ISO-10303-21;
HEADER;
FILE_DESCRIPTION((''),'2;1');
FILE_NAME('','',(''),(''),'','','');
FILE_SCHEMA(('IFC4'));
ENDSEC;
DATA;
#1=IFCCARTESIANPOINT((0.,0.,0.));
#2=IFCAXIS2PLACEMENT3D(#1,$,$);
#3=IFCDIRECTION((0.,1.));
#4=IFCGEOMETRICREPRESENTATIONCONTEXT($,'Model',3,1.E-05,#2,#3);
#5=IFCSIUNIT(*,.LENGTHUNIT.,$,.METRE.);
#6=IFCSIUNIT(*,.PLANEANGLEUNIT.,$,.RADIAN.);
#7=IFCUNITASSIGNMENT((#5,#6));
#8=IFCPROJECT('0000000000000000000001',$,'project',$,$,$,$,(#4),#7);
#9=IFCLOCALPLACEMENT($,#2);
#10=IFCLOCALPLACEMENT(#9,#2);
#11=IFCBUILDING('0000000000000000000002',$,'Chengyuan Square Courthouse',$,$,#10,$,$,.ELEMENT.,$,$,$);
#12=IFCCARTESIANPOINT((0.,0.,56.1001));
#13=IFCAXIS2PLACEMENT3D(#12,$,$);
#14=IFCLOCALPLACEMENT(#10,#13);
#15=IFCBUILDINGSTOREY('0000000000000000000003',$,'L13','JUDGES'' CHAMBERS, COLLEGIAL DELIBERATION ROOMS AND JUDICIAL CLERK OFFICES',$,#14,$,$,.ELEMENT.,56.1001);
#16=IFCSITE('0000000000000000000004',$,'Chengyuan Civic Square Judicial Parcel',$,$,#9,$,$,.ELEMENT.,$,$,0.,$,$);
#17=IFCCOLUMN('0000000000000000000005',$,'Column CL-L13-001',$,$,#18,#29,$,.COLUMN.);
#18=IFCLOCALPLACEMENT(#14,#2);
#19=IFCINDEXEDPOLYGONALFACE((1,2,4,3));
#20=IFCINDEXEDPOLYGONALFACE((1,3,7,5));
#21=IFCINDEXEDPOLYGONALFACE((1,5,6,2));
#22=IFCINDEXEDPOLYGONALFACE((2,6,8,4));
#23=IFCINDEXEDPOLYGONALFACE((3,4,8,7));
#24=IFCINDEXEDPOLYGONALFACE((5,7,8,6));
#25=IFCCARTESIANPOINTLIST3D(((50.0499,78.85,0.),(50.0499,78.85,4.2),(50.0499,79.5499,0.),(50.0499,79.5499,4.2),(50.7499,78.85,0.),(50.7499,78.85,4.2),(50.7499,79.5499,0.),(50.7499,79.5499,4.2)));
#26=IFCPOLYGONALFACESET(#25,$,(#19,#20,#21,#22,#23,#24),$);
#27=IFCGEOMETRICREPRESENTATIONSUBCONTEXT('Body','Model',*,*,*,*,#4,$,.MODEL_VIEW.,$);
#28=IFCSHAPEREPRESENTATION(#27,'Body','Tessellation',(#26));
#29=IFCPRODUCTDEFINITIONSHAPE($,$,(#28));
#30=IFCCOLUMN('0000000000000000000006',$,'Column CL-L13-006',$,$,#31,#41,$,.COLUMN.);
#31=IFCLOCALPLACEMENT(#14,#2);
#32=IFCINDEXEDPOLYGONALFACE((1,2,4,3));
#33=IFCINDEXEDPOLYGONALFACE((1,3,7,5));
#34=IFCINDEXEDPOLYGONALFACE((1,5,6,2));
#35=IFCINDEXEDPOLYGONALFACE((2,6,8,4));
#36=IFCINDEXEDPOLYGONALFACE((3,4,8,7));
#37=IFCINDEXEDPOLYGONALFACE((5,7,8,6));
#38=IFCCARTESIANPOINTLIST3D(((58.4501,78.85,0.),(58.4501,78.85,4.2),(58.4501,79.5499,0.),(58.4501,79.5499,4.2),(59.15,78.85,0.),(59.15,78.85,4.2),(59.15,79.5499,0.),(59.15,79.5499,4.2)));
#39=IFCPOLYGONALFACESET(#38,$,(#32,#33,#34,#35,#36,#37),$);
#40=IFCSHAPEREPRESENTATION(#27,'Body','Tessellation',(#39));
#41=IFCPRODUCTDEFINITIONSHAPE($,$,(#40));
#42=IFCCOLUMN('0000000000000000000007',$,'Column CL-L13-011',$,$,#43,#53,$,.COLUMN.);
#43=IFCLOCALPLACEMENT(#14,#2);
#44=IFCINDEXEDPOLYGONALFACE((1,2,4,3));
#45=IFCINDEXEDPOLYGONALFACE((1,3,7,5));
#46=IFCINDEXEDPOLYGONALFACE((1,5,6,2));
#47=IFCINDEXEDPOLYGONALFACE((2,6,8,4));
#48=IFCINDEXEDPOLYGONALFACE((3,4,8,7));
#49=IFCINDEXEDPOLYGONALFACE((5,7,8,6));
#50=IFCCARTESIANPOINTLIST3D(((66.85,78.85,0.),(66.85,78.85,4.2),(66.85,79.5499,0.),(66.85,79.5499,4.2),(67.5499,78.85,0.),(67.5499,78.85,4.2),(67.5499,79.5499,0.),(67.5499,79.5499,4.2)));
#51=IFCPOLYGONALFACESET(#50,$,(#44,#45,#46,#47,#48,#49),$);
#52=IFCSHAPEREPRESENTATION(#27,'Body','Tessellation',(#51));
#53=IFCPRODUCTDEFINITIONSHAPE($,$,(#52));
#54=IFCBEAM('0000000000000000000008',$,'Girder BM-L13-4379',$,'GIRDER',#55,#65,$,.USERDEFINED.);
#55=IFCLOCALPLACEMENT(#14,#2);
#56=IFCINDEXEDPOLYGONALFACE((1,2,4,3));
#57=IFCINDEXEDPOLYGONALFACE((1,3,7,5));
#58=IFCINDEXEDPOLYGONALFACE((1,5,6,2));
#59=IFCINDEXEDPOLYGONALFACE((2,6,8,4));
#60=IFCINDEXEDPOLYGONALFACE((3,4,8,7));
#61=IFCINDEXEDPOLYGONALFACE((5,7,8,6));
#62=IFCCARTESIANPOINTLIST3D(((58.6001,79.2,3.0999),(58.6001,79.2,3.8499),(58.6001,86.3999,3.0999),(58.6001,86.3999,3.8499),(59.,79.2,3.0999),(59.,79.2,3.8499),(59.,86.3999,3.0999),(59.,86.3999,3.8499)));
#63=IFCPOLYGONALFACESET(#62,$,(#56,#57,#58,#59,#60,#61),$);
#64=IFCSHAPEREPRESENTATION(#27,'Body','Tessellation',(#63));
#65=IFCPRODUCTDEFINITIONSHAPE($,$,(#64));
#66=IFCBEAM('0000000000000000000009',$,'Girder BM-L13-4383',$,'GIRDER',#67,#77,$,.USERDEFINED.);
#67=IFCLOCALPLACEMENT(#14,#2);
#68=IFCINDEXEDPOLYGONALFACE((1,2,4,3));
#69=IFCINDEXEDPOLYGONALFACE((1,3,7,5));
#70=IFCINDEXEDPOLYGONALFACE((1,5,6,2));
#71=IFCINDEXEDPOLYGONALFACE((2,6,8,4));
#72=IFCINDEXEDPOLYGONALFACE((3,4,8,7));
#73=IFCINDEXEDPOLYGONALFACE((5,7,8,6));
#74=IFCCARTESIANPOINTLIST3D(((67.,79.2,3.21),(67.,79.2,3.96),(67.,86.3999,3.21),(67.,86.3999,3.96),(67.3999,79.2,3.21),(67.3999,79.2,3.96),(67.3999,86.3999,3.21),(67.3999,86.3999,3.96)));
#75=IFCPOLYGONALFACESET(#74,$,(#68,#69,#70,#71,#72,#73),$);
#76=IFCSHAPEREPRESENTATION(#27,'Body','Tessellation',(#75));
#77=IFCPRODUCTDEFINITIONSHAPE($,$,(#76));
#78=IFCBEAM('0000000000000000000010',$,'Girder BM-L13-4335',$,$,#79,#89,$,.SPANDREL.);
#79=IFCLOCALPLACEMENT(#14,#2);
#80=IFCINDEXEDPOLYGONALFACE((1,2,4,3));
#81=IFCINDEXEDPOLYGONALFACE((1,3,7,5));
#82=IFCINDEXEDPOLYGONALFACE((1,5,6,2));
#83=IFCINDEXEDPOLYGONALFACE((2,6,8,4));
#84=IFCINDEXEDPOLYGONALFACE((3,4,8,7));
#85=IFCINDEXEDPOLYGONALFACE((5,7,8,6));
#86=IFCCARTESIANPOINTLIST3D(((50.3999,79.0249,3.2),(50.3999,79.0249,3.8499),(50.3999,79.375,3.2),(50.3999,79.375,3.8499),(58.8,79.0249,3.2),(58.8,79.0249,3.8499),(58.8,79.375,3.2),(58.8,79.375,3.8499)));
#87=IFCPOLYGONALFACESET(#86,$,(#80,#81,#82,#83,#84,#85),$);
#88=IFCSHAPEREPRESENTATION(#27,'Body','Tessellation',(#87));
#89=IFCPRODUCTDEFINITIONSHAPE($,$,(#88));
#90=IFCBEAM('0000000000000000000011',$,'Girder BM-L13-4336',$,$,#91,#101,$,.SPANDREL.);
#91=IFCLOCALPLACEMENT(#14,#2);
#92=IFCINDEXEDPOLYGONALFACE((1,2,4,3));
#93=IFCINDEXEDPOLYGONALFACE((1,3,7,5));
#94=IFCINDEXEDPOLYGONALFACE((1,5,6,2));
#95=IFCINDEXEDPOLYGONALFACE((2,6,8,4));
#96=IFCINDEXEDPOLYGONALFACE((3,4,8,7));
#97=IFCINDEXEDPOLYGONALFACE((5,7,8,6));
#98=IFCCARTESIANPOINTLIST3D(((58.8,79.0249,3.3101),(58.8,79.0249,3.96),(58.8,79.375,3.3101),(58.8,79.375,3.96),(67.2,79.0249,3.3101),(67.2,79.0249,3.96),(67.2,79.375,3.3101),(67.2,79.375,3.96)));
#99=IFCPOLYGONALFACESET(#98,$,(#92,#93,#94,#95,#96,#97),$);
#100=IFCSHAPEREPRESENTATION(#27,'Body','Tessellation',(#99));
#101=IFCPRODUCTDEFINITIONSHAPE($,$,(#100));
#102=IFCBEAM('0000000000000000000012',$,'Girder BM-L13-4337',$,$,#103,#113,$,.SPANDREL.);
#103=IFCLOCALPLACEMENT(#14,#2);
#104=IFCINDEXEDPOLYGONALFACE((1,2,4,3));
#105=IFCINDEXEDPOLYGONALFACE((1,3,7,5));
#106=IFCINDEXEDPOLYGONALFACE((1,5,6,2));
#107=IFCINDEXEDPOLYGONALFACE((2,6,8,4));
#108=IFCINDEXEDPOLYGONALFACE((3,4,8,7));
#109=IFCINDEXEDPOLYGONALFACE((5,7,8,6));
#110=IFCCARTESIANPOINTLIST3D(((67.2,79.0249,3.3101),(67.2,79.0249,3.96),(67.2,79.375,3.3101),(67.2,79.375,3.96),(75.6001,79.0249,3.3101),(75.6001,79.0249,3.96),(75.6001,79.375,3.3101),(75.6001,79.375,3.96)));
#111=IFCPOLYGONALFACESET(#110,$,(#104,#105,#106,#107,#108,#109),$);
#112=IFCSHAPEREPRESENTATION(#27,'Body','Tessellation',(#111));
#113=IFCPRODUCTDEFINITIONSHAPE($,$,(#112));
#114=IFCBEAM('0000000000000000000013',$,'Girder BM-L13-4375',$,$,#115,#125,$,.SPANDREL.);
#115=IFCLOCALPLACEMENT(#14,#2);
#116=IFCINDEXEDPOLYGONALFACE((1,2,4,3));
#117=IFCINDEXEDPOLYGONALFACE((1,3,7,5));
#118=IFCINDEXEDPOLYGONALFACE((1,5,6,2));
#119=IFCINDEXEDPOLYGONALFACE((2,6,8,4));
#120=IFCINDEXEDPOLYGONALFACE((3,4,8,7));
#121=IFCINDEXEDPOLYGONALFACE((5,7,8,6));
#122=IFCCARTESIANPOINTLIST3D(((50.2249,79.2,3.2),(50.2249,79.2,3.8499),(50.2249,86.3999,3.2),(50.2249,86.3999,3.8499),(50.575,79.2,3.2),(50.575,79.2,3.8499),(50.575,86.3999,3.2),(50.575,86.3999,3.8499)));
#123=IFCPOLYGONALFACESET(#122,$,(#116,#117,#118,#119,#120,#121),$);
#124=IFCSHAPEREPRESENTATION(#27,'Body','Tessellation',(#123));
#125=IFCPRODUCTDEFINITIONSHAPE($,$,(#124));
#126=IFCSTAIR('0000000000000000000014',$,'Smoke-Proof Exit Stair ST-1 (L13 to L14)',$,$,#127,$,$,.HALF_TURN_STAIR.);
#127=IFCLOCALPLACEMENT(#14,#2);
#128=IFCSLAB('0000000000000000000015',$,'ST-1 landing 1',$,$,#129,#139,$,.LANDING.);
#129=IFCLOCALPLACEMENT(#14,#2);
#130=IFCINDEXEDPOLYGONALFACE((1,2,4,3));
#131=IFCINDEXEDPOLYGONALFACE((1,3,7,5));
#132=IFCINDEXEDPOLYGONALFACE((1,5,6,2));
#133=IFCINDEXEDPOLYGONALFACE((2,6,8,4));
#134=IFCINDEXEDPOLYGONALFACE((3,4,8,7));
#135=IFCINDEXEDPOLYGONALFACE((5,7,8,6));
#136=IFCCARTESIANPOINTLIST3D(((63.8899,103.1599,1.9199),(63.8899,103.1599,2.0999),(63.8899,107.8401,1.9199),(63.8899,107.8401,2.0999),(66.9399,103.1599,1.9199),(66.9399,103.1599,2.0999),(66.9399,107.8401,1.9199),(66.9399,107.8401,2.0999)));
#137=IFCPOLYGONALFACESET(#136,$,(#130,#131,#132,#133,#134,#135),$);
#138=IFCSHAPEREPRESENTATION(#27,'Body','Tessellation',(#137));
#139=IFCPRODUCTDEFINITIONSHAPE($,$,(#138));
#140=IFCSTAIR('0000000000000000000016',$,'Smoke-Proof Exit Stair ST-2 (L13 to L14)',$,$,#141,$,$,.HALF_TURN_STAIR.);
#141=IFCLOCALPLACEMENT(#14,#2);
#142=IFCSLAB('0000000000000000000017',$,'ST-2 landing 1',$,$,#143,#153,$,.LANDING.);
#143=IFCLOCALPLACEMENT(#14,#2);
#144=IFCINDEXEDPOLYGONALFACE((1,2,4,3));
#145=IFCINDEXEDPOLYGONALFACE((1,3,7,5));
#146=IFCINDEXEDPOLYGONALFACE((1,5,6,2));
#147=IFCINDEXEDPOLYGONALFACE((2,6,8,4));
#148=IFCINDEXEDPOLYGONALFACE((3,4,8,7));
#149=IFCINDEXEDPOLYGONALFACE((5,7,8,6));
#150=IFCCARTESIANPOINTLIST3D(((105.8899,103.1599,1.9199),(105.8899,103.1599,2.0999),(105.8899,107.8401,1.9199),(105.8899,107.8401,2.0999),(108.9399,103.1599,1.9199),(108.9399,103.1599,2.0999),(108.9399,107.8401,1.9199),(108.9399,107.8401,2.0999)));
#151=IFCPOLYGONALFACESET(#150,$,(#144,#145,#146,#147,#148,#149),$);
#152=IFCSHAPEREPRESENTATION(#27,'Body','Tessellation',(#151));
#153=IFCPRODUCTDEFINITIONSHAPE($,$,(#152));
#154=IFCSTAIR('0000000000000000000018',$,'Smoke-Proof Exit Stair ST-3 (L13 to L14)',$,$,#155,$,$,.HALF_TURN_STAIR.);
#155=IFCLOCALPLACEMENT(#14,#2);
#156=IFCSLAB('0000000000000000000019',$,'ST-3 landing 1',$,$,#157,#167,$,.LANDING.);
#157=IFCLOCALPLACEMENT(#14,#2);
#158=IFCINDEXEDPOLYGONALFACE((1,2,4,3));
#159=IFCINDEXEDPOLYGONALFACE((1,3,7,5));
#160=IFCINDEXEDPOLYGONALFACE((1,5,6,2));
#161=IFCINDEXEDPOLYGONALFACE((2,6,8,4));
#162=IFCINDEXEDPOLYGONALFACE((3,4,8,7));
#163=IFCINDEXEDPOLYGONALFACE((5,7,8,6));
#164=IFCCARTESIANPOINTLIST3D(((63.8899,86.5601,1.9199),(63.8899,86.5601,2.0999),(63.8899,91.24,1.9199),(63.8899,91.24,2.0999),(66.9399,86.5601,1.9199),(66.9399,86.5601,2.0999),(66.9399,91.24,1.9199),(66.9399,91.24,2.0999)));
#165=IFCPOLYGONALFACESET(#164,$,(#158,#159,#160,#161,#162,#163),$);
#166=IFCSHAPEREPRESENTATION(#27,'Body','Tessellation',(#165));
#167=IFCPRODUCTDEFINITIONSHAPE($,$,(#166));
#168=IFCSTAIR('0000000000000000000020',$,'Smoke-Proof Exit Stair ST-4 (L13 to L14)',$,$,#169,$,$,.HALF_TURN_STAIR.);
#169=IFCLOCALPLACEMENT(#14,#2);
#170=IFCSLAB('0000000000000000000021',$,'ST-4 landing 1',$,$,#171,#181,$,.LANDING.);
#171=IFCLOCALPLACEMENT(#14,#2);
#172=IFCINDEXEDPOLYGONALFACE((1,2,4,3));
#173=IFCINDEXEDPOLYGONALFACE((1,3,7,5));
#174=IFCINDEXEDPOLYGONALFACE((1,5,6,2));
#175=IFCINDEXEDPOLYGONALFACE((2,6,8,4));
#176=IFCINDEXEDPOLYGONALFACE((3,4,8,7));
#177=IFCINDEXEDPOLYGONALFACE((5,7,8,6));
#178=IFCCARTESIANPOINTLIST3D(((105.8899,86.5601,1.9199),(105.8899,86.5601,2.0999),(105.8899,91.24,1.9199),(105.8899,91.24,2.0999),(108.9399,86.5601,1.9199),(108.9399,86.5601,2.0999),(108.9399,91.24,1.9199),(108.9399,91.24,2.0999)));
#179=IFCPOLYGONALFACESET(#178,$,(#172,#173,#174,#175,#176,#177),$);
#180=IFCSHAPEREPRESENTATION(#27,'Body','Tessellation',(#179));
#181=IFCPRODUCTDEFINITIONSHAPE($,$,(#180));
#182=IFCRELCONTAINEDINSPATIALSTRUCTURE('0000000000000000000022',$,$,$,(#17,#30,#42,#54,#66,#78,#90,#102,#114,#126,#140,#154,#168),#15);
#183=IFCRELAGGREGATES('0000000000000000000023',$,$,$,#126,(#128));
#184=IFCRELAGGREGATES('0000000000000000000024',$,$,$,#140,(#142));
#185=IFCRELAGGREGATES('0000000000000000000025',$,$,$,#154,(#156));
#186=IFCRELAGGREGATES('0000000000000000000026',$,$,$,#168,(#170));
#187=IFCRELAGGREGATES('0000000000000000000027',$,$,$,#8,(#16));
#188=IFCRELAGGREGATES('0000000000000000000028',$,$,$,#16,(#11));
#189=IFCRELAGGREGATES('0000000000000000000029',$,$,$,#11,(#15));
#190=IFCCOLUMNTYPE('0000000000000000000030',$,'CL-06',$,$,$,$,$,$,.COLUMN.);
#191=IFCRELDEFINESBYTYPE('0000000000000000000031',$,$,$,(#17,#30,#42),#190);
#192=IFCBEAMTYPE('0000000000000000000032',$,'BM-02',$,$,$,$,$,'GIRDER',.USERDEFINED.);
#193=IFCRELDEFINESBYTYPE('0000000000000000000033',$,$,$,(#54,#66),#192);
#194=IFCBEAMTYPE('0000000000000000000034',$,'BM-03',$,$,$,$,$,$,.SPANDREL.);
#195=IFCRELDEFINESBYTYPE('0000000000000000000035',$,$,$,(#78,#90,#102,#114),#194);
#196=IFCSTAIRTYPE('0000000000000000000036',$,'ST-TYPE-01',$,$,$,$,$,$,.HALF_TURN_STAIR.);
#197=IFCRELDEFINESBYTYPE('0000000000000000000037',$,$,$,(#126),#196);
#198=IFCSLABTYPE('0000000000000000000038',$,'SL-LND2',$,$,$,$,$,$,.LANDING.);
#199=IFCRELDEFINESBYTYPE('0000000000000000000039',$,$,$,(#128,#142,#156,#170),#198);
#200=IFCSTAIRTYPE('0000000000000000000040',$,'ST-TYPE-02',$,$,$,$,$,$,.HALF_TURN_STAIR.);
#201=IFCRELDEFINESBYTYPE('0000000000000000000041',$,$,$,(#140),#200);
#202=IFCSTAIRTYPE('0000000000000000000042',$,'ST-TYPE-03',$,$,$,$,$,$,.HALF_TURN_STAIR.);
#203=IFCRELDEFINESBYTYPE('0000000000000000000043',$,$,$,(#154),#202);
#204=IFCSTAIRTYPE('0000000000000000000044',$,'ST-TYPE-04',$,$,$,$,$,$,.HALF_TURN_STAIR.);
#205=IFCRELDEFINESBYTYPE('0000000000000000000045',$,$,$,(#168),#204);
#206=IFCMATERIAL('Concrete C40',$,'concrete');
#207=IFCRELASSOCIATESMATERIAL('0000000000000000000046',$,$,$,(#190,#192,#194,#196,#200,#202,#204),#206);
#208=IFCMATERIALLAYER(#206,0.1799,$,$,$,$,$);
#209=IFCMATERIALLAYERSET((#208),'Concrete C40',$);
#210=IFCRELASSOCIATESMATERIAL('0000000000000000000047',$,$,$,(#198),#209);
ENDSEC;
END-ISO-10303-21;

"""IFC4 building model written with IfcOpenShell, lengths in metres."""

from ifc_helpers import new_model, si_unit, direction, frame, origin, origin_2d, place, context, subcontext, project, spatial, polyline, rectangle, outline, extrude, material, layer, layer_set, material_profile, profile_set, type_object, element, aggregate, save


model = new_model("IFC4")

# Units and contexts
model_context = context("Model", 3, precision=1e-05, world=origin(), true_north=direction((0.0, 1.0)))
body_context = subcontext(model_context, "Body", "Model", "MODEL_VIEW")
ifc_project = project(units=[si_unit("LENGTHUNIT", "METRE"), si_unit("PLANEANGLEUNIT", "RADIAN")], contexts=[model_context])

# Site, building, storey
site_placement = place(None, origin())
site = spatial("IfcSite", under=ifc_project, at=site_placement, Name="Chengyuan Civic Square Judicial Parcel", CompositionType="ELEMENT", RefElevation=0.0)
building_placement = place(site_placement, origin())
building = spatial("IfcBuilding", under=site, at=building_placement, Name="Chengyuan Square Courthouse", CompositionType="ELEMENT")
storey_placement = place(building_placement, frame((0.0, 0.0, 56.1001)))
storey = spatial("IfcBuildingStorey", under=building, at=storey_placement, Name="L13", Description="JUDGES' CHAMBERS, COLLEGIAL DELIBERATION ROOMS AND JUDICIAL CLERK OFFICES", CompositionType="ELEMENT", Elevation=56.1001)

# Columns
ifc_material_1 = material(Name="Concrete C40", Category="concrete")
ifc_material_profile_1 = material_profile(ifc_material_1, rectangle(XDim=0.7, YDim=0.7, at=origin_2d()), Name="RC-COL-700x700")
ifc_profile_set_1 = profile_set([ifc_material_profile_1], Name="Concrete C40")
column_type = type_object("IfcColumnType", Name="CL-06", PredefinedType="COLUMN", material=ifc_profile_set_1)
for number, where, z_axis, x_axis, name in (
    (1, (50.3999, 79.2, 0.0), (0.0, 0.0, 1.0), (1.0, 0.0, 0.0), "Column CL-L13-001"),
    (2, (58.8, 79.2, 0.0), (0.0, 0.0, 1.0), (1.0, 0.0, 0.0), "Column CL-L13-006"),
    (3, (67.2, 79.2, 0.0), (0.0, 0.0, 1.0), (1.0, 0.0, 0.0), "Column CL-L13-011"),
):
    element("IfcColumn", number, at=place(storey_placement, frame(where, z_axis=z_axis, x_axis=x_axis)), inside=storey, type_object=column_type, Name=name, PredefinedType="COLUMN", context=body_context, shape_type="SweptSolid", body=[
        extrude(rectangle(XDim=0.7, YDim=0.7, at=origin_2d()), origin(), (0.0, 0.0, 1.0), 4.2),
    ])

# Beams
ifc_material_profile_2 = material_profile(ifc_material_1, rectangle(XDim=0.3999, YDim=0.75, at=origin_2d()), Name="RC-BM-400x750")
ifc_profile_set_2 = profile_set([ifc_material_profile_2], Name="Concrete C40")
beam_type_1 = type_object("IfcBeamType", Name="BM-02", ElementType="GIRDER", PredefinedType="USERDEFINED", material=ifc_profile_set_2)
for number, where, z_axis, x_axis, name in (
    (4, (58.8, 79.2, 3.4749), (0.0, 1.0, 0.0), (-1.0, 0.0, 0.0), "Girder BM-L13-4379"),
    (5, (67.2, 79.2, 3.585), (0.0, 1.0, 0.0), (-1.0, 0.0, 0.0), "Girder BM-L13-4383"),
):
    element("IfcBeam", number, at=place(storey_placement, frame(where, z_axis=z_axis, x_axis=x_axis)), inside=storey, type_object=beam_type_1, Name=name, ObjectType="GIRDER", PredefinedType="USERDEFINED", context=body_context, shape_type="SweptSolid", body=[
        extrude(rectangle(XDim=0.3999, YDim=0.75, at=origin_2d()), origin(), (0.0, 0.0, 1.0), 7.2),
    ])
ifc_material_profile_3 = material_profile(ifc_material_1, rectangle(XDim=0.3501, YDim=0.6499, at=origin_2d()), Name="RC-BM-350x650")
ifc_profile_set_3 = profile_set([ifc_material_profile_3], Name="Concrete C40")
beam_type_2 = type_object("IfcBeamType", Name="BM-03", PredefinedType="SPANDREL", material=ifc_profile_set_3)
beam_1_placement = place(storey_placement, frame((50.3999, 79.2, 3.5249), z_axis=(1.0, 0.0, 0.0), x_axis=(0.0, 1.0, 0.0)))
element("IfcBeam", 6, at=beam_1_placement, inside=storey, type_object=beam_type_2, Name="Girder BM-L13-4335", PredefinedType="SPANDREL", context=body_context, shape_type="SweptSolid", body=[
    extrude(rectangle(XDim=0.3501, YDim=0.6499, at=origin_2d()), origin(), (0.0, 0.0, 1.0), 8.4001),
])
beam_2_placement = place(storey_placement, frame((58.8, 79.2, 3.635), z_axis=(1.0, 0.0, 0.0), x_axis=(0.0, 1.0, 0.0)))
element("IfcBeam", 7, at=beam_2_placement, inside=storey, type_object=beam_type_2, Name="Girder BM-L13-4336", PredefinedType="SPANDREL", context=body_context, shape_type="SweptSolid", body=[
    extrude(rectangle(XDim=0.3501, YDim=0.6499, at=origin_2d()), origin(), (0.0, 0.0, 1.0), 8.3999),
])
beam_3_placement = place(storey_placement, frame((67.2, 79.2, 3.635), z_axis=(1.0, 0.0, 0.0), x_axis=(0.0, 1.0, 0.0)))
element("IfcBeam", 8, at=beam_3_placement, inside=storey, type_object=beam_type_2, Name="Girder BM-L13-4337", PredefinedType="SPANDREL", context=body_context, shape_type="SweptSolid", body=[
    extrude(rectangle(XDim=0.3501, YDim=0.6499, at=origin_2d()), origin(), (0.0, 0.0, 1.0), 8.4001),
])
beam_4_placement = place(storey_placement, frame((50.3999, 79.2, 3.5249), z_axis=(0.0, 1.0, 0.0), x_axis=(-1.0, 0.0, 0.0)))
element("IfcBeam", 9, at=beam_4_placement, inside=storey, type_object=beam_type_2, Name="Girder BM-L13-4375", PredefinedType="SPANDREL", context=body_context, shape_type="SweptSolid", body=[
    extrude(rectangle(XDim=0.3501, YDim=0.6499, at=origin_2d()), origin(), (0.0, 0.0, 1.0), 7.2),
])

# Stairs, slabs
stair_type_1 = type_object("IfcStairType", Name="ST-TYPE-01", PredefinedType="HALF_TURN_STAIR", material=ifc_material_1)
stair_1_placement = place(storey_placement, origin())
stair_1 = element("IfcStair", 10, at=stair_1_placement, inside=storey, type_object=stair_type_1, Name="Smoke-Proof Exit Stair ST-1 (L13 to L14)", PredefinedType="HALF_TURN_STAIR")
ifc_layer_1 = layer(ifc_material_1, 0.1799)
ifc_layer_set_1 = layer_set([ifc_layer_1], Name="Concrete C40")
slab_type_1 = type_object("IfcSlabType", Name="SL-LND2", PredefinedType="LANDING", material=ifc_layer_set_1)
slab_1_placement = place(storey_placement, frame((0.0, 0.0, 1.9199)))
slab_1 = element("IfcSlab", 11, at=slab_1_placement, type_object=slab_type_1, Name="ST-1 landing 1", PredefinedType="LANDING", context=body_context, shape_type="SweptSolid", body=[
    extrude(outline(polyline([(63.8899, 103.1599), (66.9399, 103.1599), (66.9399, 107.8401), (63.8899, 107.8401), (63.8899, 103.1599)])), origin(), (0.0, 0.0, 1.0), 0.1799),
])
aggregate(stair_1, [slab_1])
stair_type_2 = type_object("IfcStairType", Name="ST-TYPE-02", PredefinedType="HALF_TURN_STAIR", material=ifc_material_1)
stair_2_placement = place(storey_placement, origin())
stair_2 = element("IfcStair", 12, at=stair_2_placement, inside=storey, type_object=stair_type_2, Name="Smoke-Proof Exit Stair ST-2 (L13 to L14)", PredefinedType="HALF_TURN_STAIR")
slab_2_placement = place(storey_placement, frame((0.0, 0.0, 1.9199)))
slab_2 = element("IfcSlab", 13, at=slab_2_placement, type_object=slab_type_1, Name="ST-2 landing 1", PredefinedType="LANDING", context=body_context, shape_type="SweptSolid", body=[
    extrude(outline(polyline([(105.8899, 103.1599), (108.9399, 103.1599), (108.9399, 107.8401), (105.8899, 107.8401), (105.8899, 103.1599)])), origin(), (0.0, 0.0, 1.0), 0.1799),
])
aggregate(stair_2, [slab_2])
stair_type_3 = type_object("IfcStairType", Name="ST-TYPE-03", PredefinedType="HALF_TURN_STAIR", material=ifc_material_1)
stair_3_placement = place(storey_placement, origin())
stair_3 = element("IfcStair", 14, at=stair_3_placement, inside=storey, type_object=stair_type_3, Name="Smoke-Proof Exit Stair ST-3 (L13 to L14)", PredefinedType="HALF_TURN_STAIR")
slab_3_placement = place(storey_placement, frame((0.0, 0.0, 1.9199)))
slab_3 = element("IfcSlab", 15, at=slab_3_placement, type_object=slab_type_1, Name="ST-3 landing 1", PredefinedType="LANDING", context=body_context, shape_type="SweptSolid", body=[
    extrude(outline(polyline([(63.8899, 86.5601), (66.9399, 86.5601), (66.9399, 91.24), (63.8899, 91.24), (63.8899, 86.5601)])), origin(), (0.0, 0.0, 1.0), 0.1799),
])
aggregate(stair_3, [slab_3])
stair_type_4 = type_object("IfcStairType", Name="ST-TYPE-04", PredefinedType="HALF_TURN_STAIR", material=ifc_material_1)
stair_4_placement = place(storey_placement, origin())
stair_4 = element("IfcStair", 16, at=stair_4_placement, inside=storey, type_object=stair_type_4, Name="Smoke-Proof Exit Stair ST-4 (L13 to L14)", PredefinedType="HALF_TURN_STAIR")
slab_4_placement = place(storey_placement, frame((0.0, 0.0, 1.9199)))
slab_4 = element("IfcSlab", 17, at=slab_4_placement, type_object=slab_type_1, Name="ST-4 landing 1", PredefinedType="LANDING", context=body_context, shape_type="SweptSolid", body=[
    extrude(outline(polyline([(105.8899, 86.5601), (108.9399, 86.5601), (108.9399, 91.24), (105.8899, 91.24), (105.8899, 86.5601)])), origin(), (0.0, 0.0, 1.0), 0.1799),
])
aggregate(stair_4, [slab_4])

save(model, "model.ifc")
